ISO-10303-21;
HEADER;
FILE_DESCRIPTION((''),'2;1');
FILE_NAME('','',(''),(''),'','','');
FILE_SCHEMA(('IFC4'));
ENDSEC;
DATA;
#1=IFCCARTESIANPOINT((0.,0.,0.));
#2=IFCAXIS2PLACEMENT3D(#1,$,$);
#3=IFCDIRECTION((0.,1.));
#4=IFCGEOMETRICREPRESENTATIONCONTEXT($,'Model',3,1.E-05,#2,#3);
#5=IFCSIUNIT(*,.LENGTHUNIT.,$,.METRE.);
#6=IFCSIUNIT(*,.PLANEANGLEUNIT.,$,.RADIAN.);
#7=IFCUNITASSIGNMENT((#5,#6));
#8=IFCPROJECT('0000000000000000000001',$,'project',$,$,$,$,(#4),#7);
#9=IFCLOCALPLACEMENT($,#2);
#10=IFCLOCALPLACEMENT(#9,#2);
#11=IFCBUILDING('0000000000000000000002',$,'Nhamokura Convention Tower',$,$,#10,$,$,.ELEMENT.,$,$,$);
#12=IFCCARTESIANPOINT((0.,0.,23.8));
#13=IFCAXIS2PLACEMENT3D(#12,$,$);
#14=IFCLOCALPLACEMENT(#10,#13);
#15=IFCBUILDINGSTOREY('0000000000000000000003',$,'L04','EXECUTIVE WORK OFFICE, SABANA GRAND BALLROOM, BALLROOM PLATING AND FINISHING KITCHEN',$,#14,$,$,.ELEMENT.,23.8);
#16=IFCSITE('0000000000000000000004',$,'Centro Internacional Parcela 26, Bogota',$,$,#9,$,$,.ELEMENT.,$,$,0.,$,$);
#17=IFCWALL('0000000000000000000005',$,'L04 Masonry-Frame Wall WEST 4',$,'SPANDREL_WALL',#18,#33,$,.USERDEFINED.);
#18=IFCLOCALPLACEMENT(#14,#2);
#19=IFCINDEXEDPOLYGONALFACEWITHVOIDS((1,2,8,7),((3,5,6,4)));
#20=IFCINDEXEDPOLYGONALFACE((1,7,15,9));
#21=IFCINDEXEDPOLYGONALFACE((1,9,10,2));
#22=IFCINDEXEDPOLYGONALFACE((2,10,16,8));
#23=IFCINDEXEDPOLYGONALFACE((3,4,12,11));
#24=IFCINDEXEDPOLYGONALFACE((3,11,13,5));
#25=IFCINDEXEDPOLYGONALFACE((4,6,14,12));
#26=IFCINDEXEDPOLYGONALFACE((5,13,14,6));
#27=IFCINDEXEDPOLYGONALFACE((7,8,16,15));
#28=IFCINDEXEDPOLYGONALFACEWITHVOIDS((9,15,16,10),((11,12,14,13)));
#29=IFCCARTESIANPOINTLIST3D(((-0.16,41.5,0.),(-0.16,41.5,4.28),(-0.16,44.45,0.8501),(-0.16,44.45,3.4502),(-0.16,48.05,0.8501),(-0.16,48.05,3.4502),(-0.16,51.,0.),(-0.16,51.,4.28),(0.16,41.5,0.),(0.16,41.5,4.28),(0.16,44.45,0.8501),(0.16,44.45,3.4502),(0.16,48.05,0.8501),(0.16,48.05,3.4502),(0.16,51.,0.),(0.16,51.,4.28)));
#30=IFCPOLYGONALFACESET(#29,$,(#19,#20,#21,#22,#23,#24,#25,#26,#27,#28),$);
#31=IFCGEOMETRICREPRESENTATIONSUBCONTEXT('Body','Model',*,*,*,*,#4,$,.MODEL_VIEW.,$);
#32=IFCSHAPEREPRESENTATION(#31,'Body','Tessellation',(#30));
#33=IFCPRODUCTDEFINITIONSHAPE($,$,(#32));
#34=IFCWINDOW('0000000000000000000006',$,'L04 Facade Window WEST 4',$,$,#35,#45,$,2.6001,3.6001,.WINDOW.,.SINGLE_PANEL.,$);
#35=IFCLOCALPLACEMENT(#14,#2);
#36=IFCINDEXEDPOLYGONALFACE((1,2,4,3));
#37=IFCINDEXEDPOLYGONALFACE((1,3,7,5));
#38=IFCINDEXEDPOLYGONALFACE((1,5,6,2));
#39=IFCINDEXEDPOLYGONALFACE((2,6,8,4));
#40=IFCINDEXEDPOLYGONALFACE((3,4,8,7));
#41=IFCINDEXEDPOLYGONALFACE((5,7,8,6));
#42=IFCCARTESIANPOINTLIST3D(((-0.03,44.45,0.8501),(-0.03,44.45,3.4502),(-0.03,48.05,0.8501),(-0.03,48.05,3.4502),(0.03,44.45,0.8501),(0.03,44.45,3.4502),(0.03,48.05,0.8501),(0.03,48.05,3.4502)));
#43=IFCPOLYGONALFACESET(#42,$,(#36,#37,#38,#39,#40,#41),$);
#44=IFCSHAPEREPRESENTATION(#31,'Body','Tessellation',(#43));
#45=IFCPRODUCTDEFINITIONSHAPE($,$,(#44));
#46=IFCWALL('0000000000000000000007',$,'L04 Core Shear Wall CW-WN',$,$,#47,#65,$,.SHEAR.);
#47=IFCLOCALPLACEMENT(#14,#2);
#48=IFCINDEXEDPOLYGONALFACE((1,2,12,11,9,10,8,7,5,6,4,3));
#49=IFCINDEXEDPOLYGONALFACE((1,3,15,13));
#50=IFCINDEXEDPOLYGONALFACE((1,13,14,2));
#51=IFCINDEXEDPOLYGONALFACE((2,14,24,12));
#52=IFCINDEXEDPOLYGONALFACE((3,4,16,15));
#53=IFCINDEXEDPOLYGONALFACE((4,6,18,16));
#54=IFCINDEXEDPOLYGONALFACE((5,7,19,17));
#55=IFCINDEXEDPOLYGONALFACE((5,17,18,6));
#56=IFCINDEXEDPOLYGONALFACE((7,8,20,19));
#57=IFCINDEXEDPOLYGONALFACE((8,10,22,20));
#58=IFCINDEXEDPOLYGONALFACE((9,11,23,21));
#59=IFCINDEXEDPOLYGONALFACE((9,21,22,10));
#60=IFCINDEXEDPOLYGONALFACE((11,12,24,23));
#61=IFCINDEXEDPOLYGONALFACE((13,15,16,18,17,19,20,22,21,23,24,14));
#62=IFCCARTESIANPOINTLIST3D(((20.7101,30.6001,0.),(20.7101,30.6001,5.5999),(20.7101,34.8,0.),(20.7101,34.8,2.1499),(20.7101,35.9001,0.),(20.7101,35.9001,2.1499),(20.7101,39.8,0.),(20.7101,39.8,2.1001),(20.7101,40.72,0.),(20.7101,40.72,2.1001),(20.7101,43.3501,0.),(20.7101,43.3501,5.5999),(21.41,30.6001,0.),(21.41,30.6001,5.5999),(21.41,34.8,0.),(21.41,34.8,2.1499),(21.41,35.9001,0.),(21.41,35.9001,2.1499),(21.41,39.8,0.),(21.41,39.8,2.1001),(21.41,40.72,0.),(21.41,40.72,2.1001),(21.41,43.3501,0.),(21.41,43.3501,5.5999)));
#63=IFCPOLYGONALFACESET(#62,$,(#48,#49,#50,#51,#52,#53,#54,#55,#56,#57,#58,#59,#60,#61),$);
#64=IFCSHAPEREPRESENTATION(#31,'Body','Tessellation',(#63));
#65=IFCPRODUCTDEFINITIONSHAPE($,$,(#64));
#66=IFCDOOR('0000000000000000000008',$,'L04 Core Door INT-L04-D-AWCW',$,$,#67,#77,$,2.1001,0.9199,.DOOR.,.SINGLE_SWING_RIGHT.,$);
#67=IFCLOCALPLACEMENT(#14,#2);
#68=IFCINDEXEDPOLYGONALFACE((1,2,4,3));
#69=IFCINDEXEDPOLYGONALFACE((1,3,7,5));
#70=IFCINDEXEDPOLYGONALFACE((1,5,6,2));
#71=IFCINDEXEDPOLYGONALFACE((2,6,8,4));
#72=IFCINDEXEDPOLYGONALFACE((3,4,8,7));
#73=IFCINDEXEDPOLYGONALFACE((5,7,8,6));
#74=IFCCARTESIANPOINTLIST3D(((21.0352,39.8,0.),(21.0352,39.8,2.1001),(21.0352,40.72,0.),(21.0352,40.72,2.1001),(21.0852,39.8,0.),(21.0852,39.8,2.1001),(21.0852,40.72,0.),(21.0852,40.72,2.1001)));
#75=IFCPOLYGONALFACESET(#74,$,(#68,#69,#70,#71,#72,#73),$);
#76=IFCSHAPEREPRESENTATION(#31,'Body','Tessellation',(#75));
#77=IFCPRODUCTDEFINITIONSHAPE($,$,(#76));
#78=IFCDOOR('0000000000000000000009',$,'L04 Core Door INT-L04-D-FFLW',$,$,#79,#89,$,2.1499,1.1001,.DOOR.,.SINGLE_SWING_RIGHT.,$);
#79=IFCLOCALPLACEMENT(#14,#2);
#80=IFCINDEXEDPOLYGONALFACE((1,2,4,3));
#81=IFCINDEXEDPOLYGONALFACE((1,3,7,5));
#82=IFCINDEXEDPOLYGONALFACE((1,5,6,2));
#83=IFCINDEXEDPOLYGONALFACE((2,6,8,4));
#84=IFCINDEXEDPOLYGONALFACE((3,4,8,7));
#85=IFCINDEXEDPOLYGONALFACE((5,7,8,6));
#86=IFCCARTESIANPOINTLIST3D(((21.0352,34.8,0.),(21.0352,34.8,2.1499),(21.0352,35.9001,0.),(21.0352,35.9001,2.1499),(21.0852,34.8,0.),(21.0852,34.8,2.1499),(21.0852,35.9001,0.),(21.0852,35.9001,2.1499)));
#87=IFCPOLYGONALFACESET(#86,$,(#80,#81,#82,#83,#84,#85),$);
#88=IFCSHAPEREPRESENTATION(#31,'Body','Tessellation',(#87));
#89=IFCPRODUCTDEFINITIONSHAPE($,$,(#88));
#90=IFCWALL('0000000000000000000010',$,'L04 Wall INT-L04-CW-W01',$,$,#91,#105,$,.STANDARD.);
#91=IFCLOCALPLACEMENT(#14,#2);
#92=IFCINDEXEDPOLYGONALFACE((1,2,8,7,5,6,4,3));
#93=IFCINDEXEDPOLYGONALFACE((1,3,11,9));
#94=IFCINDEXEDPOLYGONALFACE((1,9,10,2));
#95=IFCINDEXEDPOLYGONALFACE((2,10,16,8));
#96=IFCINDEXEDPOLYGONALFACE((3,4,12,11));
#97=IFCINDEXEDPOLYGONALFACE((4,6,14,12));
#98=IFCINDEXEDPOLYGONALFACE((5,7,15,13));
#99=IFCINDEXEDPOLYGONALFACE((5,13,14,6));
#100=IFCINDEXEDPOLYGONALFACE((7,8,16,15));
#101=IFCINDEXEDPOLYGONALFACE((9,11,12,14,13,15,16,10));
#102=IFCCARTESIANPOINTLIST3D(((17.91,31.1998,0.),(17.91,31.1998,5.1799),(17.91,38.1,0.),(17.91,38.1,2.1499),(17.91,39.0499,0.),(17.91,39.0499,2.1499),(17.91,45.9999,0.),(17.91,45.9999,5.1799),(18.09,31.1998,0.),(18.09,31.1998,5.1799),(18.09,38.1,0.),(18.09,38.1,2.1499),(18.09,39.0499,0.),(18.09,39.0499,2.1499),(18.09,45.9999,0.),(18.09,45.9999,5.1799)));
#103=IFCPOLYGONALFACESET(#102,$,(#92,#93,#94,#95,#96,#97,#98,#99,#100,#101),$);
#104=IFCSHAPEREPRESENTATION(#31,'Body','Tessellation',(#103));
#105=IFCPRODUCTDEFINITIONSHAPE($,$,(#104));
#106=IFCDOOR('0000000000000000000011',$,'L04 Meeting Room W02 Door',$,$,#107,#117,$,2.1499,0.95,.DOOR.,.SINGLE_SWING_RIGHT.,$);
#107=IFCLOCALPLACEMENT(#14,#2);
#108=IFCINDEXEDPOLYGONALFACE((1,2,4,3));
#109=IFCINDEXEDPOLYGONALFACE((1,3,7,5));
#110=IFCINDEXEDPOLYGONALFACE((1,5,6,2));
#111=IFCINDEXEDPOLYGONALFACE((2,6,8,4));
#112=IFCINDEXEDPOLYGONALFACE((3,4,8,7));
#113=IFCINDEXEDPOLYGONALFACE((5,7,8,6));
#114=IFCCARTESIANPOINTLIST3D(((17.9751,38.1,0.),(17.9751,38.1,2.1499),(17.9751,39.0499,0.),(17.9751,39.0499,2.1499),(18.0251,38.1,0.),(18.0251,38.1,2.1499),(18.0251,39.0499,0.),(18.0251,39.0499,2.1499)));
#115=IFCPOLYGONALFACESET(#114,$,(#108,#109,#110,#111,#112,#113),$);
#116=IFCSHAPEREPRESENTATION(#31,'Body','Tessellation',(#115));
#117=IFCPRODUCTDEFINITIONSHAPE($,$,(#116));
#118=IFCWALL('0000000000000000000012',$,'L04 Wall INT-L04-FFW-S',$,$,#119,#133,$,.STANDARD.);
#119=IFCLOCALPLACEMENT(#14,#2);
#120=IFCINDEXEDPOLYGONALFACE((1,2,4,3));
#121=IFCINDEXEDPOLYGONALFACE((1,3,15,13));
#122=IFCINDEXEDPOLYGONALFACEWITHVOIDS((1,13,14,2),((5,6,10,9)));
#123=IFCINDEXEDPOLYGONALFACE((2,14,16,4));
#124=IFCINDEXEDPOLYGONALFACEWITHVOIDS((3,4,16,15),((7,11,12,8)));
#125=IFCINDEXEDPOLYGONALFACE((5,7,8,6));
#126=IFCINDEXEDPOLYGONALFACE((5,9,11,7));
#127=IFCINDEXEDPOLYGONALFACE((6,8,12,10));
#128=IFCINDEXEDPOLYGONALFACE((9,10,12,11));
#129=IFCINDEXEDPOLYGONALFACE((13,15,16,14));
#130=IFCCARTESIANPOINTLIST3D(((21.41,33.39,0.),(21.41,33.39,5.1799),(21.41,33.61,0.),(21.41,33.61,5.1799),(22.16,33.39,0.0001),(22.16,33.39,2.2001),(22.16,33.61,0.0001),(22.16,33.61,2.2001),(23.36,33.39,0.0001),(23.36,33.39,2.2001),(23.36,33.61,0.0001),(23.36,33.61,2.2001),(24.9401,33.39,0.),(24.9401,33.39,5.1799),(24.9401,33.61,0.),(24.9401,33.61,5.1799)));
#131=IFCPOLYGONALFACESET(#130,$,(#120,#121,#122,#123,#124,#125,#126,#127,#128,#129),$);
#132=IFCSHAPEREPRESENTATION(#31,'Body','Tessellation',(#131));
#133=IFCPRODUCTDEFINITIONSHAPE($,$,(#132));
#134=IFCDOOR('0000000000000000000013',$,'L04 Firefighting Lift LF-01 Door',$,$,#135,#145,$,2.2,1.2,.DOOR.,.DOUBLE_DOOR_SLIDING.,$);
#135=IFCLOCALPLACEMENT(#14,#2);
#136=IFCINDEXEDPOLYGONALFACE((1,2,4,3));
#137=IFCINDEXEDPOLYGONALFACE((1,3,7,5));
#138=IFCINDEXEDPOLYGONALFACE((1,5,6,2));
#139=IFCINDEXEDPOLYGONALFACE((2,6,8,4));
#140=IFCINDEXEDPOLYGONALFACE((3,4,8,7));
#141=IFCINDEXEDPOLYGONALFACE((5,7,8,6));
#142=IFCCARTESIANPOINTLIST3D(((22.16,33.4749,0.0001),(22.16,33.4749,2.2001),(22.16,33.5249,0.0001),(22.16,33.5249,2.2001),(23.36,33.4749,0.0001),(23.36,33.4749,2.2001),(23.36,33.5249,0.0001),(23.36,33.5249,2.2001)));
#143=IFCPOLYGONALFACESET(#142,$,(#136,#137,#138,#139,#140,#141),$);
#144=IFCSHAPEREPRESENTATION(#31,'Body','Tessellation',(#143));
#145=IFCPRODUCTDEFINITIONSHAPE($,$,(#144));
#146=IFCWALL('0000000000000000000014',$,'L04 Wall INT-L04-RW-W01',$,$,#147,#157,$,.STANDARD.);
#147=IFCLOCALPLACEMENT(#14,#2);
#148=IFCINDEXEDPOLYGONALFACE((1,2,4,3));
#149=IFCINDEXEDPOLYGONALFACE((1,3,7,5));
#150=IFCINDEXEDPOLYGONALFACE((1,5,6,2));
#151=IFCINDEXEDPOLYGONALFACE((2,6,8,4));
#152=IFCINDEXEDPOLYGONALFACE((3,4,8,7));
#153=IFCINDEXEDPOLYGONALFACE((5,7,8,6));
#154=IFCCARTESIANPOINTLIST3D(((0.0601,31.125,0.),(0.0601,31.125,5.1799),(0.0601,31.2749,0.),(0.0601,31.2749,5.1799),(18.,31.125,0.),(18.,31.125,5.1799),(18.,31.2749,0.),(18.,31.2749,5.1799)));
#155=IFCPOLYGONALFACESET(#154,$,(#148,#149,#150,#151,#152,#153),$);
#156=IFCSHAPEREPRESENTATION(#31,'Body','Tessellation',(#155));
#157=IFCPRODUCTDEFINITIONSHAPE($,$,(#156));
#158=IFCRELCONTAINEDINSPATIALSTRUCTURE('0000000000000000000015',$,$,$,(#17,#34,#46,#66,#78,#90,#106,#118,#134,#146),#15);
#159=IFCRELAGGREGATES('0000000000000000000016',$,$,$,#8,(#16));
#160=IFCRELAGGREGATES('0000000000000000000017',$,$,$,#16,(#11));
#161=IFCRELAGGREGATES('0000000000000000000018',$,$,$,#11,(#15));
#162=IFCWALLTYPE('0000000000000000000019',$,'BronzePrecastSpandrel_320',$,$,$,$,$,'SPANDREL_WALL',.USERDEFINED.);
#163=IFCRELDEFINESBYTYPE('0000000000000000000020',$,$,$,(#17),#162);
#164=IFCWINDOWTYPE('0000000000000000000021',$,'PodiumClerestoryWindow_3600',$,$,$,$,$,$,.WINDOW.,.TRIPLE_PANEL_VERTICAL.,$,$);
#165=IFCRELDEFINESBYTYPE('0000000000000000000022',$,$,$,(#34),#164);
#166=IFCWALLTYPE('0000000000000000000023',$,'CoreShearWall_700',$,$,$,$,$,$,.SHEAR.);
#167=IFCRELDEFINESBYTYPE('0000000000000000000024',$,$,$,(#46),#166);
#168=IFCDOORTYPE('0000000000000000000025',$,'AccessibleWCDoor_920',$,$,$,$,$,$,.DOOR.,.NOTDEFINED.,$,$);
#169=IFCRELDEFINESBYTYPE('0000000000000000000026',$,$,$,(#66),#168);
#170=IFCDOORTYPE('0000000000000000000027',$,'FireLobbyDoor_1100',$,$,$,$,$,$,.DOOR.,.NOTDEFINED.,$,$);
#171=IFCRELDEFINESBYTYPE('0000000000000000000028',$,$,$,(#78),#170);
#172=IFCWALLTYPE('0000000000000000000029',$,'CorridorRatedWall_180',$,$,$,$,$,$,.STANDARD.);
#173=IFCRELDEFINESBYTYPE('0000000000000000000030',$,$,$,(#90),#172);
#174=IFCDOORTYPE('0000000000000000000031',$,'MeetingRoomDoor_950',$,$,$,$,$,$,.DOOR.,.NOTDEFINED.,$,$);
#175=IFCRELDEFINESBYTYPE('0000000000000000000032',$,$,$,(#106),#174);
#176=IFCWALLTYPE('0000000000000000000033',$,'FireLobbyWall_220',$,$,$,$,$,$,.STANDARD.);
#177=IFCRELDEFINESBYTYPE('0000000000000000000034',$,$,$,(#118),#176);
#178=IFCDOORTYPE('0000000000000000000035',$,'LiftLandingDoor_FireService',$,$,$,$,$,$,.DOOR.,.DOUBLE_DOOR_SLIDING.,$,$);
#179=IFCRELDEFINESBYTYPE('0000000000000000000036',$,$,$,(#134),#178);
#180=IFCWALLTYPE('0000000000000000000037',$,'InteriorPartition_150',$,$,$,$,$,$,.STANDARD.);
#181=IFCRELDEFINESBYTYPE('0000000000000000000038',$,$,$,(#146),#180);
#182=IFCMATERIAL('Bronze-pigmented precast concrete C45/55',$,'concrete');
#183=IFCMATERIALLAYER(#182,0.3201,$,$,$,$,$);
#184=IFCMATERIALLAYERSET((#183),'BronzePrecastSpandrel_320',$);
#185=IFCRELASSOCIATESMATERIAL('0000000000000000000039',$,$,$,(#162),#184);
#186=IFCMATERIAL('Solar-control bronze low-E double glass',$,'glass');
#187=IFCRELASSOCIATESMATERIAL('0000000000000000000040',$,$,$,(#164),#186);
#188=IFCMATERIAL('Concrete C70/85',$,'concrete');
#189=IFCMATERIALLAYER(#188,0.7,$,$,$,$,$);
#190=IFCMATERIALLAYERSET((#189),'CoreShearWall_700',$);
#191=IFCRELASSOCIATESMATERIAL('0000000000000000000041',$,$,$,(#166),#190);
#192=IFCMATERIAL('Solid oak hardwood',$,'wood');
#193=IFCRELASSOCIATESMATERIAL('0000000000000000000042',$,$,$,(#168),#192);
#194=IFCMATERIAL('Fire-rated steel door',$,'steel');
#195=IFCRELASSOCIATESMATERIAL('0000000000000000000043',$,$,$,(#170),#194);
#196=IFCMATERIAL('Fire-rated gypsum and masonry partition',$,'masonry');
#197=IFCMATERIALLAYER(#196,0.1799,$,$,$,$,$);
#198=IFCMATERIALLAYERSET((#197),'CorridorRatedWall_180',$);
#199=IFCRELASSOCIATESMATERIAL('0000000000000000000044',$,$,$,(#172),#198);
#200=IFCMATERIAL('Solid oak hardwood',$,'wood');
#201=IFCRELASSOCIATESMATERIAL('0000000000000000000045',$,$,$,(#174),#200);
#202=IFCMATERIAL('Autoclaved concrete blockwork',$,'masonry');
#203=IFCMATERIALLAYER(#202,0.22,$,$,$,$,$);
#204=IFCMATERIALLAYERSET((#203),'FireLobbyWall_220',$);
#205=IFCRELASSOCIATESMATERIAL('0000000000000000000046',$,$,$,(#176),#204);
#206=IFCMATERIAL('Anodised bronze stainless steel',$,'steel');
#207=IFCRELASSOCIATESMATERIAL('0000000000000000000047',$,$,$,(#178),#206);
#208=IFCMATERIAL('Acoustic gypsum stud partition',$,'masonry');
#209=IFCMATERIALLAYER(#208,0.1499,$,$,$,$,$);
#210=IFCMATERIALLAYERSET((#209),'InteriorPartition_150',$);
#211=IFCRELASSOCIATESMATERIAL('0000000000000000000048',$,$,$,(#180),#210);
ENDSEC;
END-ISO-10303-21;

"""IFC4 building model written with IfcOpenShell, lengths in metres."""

from ifc_helpers import new_model, si_unit, direction, frame, frame_2d, origin, place, context, subcontext, project, spatial, rectangle, extrude, material, layer, layer_set, type_object, element, fill, save


model = new_model("IFC4")

# Units and contexts
model_context = context("Model", 3, precision=1e-05, world=origin(), true_north=direction((0.0, 1.0)))
body_context = subcontext(model_context, "Body", "Model", "MODEL_VIEW")
ifc_project = project(units=[si_unit("LENGTHUNIT", "METRE"), si_unit("PLANEANGLEUNIT", "RADIAN")], contexts=[model_context])

# Site, building, storey
site_placement = place(None, origin())
site = spatial("IfcSite", under=ifc_project, at=site_placement, Name="Centro Internacional Parcela 26, Bogota", CompositionType="ELEMENT", RefElevation=0.0)
building_placement = place(site_placement, origin())
building = spatial("IfcBuilding", under=site, at=building_placement, Name="Nhamokura Convention Tower", CompositionType="ELEMENT")
storey_placement = place(building_placement, frame((0.0, 0.0, 23.8)))
storey = spatial("IfcBuildingStorey", under=building, at=storey_placement, Name="L04", Description="EXECUTIVE WORK OFFICE, SABANA GRAND BALLROOM, BALLROOM PLATING AND FINISHING KITCHEN", CompositionType="ELEMENT", Elevation=23.8)

# Wall, opening, window
ifc_material_1 = material(Name="Bronze-pigmented precast concrete C45/55", Category="concrete")
ifc_layer_1 = layer(ifc_material_1, 0.3201)
ifc_layer_set_1 = layer_set([ifc_layer_1], Name="BronzePrecastSpandrel_320")
wall_type_1 = type_object("IfcWallType", Name="BronzePrecastSpandrel_320", ElementType="SPANDREL_WALL", PredefinedType="USERDEFINED", material=ifc_layer_set_1)
wall_1_placement = place(storey_placement, frame((0.0, 41.5, 0.0), z_axis=(0.0, 0.0, 1.0), x_axis=(0.0, 1.0, 0.0)))
wall_1 = element("IfcWall", 1, at=wall_1_placement, inside=storey, type_object=wall_type_1, Name="L04 Masonry-Frame Wall WEST 4", ObjectType="SPANDREL_WALL", PredefinedType="USERDEFINED", context=body_context, shape_type="SweptSolid", body=[
    extrude(rectangle(XDim=9.5, YDim=0.3201, at=frame_2d((4.75, 0.0))), origin(), (0.0, 0.0, 1.0), 4.28),
])
opening_1_placement = place(wall_1_placement, frame((2.95, 0.0, 0.8501)))
opening_1 = element("IfcOpeningElement", 2, at=opening_1_placement, cuts=wall_1, PredefinedType="OPENING", context=body_context, shape_type="SweptSolid", body=[
    extrude(rectangle(XDim=3.6001, YDim=2.6001, at=frame_2d((1.8, 1.3))), frame((0.0, 0.1699, 0.0), z_axis=(0.0, -1.0, 0.0), x_axis=(1.0, 0.0, 0.0)), (0.0, 0.0, 1.0), 0.3401),
])
ifc_material_2 = material(Name="Solar-control bronze low-E double glass", Category="glass")
window_type_1 = type_object("IfcWindowType", Name="PodiumClerestoryWindow_3600", PartitioningType="TRIPLE_PANEL_VERTICAL", PredefinedType="WINDOW", material=ifc_material_2)
window_1_placement = place(opening_1_placement, origin())
window_1 = element("IfcWindow", 3, at=window_1_placement, inside=storey, type_object=window_type_1, Name="L04 Facade Window WEST 4", OverallHeight=2.6001, OverallWidth=3.6001, PartitioningType="SINGLE_PANEL", PredefinedType="WINDOW", context=body_context, shape_type="SweptSolid", body=[
    extrude(rectangle(XDim=3.6001, YDim=2.6001, at=frame_2d((1.8, 1.3))), frame((0.0, 0.03, 0.0), z_axis=(0.0, -1.0, 0.0), x_axis=(1.0, 0.0, 0.0)), (0.0, 0.0, 1.0), 0.0601),
])
fill(opening_1, window_1)

# Wall, openings, doors
ifc_material_3 = material(Name="Concrete C70/85", Category="concrete")
ifc_layer_2 = layer(ifc_material_3, 0.7)
ifc_layer_set_2 = layer_set([ifc_layer_2], Name="CoreShearWall_700")
wall_type_2 = type_object("IfcWallType", Name="CoreShearWall_700", PredefinedType="SHEAR", material=ifc_layer_set_2)
wall_2_placement = place(storey_placement, frame((21.0601, 30.6001, 0.0), z_axis=(0.0, 0.0, 1.0), x_axis=(0.0, 1.0, 0.0)))
wall_2 = element("IfcWall", 4, at=wall_2_placement, inside=storey, type_object=wall_type_2, Name="L04 Core Shear Wall CW-WN", PredefinedType="SHEAR", context=body_context, shape_type="SweptSolid", body=[
    extrude(rectangle(XDim=12.75, YDim=0.7, at=frame_2d((6.375, 0.0))), origin(), (0.0, 0.0, 1.0), 5.5999),
])
opening_2_placement = place(wall_2_placement, frame((4.2, 0.0, 0.0)))
opening_2 = element("IfcOpeningElement", 5, at=opening_2_placement, cuts=wall_2, PredefinedType="OPENING", context=body_context, shape_type="SweptSolid", body=[
    extrude(rectangle(XDim=1.1001, YDim=2.1499, at=frame_2d((0.55, 1.075))), frame((0.0, 0.3599, 0.0), z_axis=(0.0, -1.0, 0.0), x_axis=(1.0, 0.0, 0.0)), (0.0, 0.0, 1.0), 0.72),
])
opening_3_placement = place(wall_2_placement, frame((9.2, 0.0, 0.0)))
opening_3 = element("IfcOpeningElement", 6, at=opening_3_placement, cuts=wall_2, PredefinedType="OPENING", context=body_context, shape_type="SweptSolid", body=[
    extrude(rectangle(XDim=0.9199, YDim=2.1001, at=frame_2d((0.46, 1.05))), frame((0.0, 0.3599, 0.0), z_axis=(0.0, -1.0, 0.0), x_axis=(1.0, 0.0, 0.0)), (0.0, 0.0, 1.0), 0.72),
])
ifc_material_4 = material(Name="Solid oak hardwood", Category="wood")
door_type_1 = type_object("IfcDoorType", Name="AccessibleWCDoor_920", OperationType="NOTDEFINED", PredefinedType="DOOR", material=ifc_material_4)
door_1_placement = place(opening_3_placement, origin())
door_1 = element("IfcDoor", 7, at=door_1_placement, inside=storey, type_object=door_type_1, Name="L04 Core Door INT-L04-D-AWCW", OperationType="SINGLE_SWING_RIGHT", OverallHeight=2.1001, OverallWidth=0.9199, PredefinedType="DOOR", context=body_context, shape_type="SweptSolid", body=[
    extrude(rectangle(XDim=0.9199, YDim=2.1001, at=frame_2d((0.46, 1.05))), frame((0.0, 0.0249, 0.0), z_axis=(0.0, -1.0, 0.0), x_axis=(1.0, 0.0, 0.0)), (0.0, 0.0, 1.0), 0.05),
])
fill(opening_3, door_1)
ifc_material_5 = material(Name="Fire-rated steel door", Category="steel")
door_type_2 = type_object("IfcDoorType", Name="FireLobbyDoor_1100", OperationType="NOTDEFINED", PredefinedType="DOOR", material=ifc_material_5)
door_2_placement = place(opening_2_placement, origin())
door_2 = element("IfcDoor", 8, at=door_2_placement, inside=storey, type_object=door_type_2, Name="L04 Core Door INT-L04-D-FFLW", OperationType="SINGLE_SWING_RIGHT", OverallHeight=2.1499, OverallWidth=1.1001, PredefinedType="DOOR", context=body_context, shape_type="SweptSolid", body=[
    extrude(rectangle(XDim=1.1001, YDim=2.1499, at=frame_2d((0.55, 1.075))), frame((0.0, 0.0249, 0.0), z_axis=(0.0, -1.0, 0.0), x_axis=(1.0, 0.0, 0.0)), (0.0, 0.0, 1.0), 0.05),
])
fill(opening_2, door_2)

# Walls, openings, doors
ifc_material_6 = material(Name="Fire-rated gypsum and masonry partition", Category="masonry")
ifc_layer_3 = layer(ifc_material_6, 0.1799)
ifc_layer_set_3 = layer_set([ifc_layer_3], Name="CorridorRatedWall_180")
wall_type_3 = type_object("IfcWallType", Name="CorridorRatedWall_180", PredefinedType="STANDARD", material=ifc_layer_set_3)
wall_3_placement = place(storey_placement, frame((18.0, 31.2, 0.0), z_axis=(0.0, 0.0, 1.0), x_axis=(0.0, 1.0, 0.0)))
wall_3 = element("IfcWall", 9, at=wall_3_placement, inside=storey, type_object=wall_type_3, Name="L04 Wall INT-L04-CW-W01", PredefinedType="STANDARD", context=body_context, shape_type="SweptSolid", body=[
    extrude(rectangle(XDim=14.8, YDim=0.1799, at=frame_2d((7.3999, 0.0))), origin(), (0.0, 0.0, 1.0), 5.1799),
])
opening_4_placement = place(wall_3_placement, frame((6.8999, 0.0, 0.0)))
opening_4 = element("IfcOpeningElement", 10, at=opening_4_placement, cuts=wall_3, PredefinedType="OPENING", context=body_context, shape_type="SweptSolid", body=[
    extrude(rectangle(XDim=0.95, YDim=2.1499, at=frame_2d((0.4751, 1.075))), frame((0.0, 0.0999, 0.0), z_axis=(0.0, -1.0, 0.0), x_axis=(1.0, 0.0, 0.0)), (0.0, 0.0, 1.0), 0.2),
])
ifc_material_7 = material(Name="Solid oak hardwood", Category="wood")
door_type_3 = type_object("IfcDoorType", Name="MeetingRoomDoor_950", OperationType="NOTDEFINED", PredefinedType="DOOR", material=ifc_material_7)
door_3_placement = place(opening_4_placement, origin())
door_3 = element("IfcDoor", 11, at=door_3_placement, inside=storey, type_object=door_type_3, Name="L04 Meeting Room W02 Door", OperationType="SINGLE_SWING_RIGHT", OverallHeight=2.1499, OverallWidth=0.95, PredefinedType="DOOR", context=body_context, shape_type="SweptSolid", body=[
    extrude(rectangle(XDim=0.95, YDim=2.1499, at=frame_2d((0.4751, 1.075))), frame((0.0, 0.0249, 0.0), z_axis=(0.0, -1.0, 0.0), x_axis=(1.0, 0.0, 0.0)), (0.0, 0.0, 1.0), 0.05),
])
fill(opening_4, door_3)
ifc_material_8 = material(Name="Autoclaved concrete blockwork", Category="masonry")
ifc_layer_4 = layer(ifc_material_8, 0.22)
ifc_layer_set_4 = layer_set([ifc_layer_4], Name="FireLobbyWall_220")
wall_type_4 = type_object("IfcWallType", Name="FireLobbyWall_220", PredefinedType="STANDARD", material=ifc_layer_set_4)
wall_4_placement = place(storey_placement, frame((21.4099, 33.5, 0.0), z_axis=(0.0, 0.0, 1.0), x_axis=(1.0, 0.0, 0.0)))
wall_4 = element("IfcWall", 12, at=wall_4_placement, inside=storey, type_object=wall_type_4, Name="L04 Wall INT-L04-FFW-S", PredefinedType="STANDARD", context=body_context, shape_type="SweptSolid", body=[
    extrude(rectangle(XDim=3.53, YDim=0.22, at=frame_2d((1.7651, 0.0))), origin(), (0.0, 0.0, 1.0), 5.1799),
])
opening_5_placement = place(wall_4_placement, frame((0.75, 0.0, 0.0)))
opening_5 = element("IfcOpeningElement", 13, at=opening_5_placement, cuts=wall_4, PredefinedType="OPENING", context=body_context, shape_type="SweptSolid", body=[
    extrude(rectangle(XDim=1.2, YDim=2.2, at=frame_2d((0.6001, 1.1001))), frame((0.0, 0.1199, 0.0), z_axis=(0.0, -1.0, 0.0), x_axis=(1.0, 0.0, 0.0)), (0.0, 0.0, 1.0), 0.24),
])
ifc_material_9 = material(Name="Anodised bronze stainless steel", Category="steel")
door_type_4 = type_object("IfcDoorType", Name="LiftLandingDoor_FireService", OperationType="DOUBLE_DOOR_SLIDING", PredefinedType="DOOR", material=ifc_material_9)
door_4_placement = place(opening_5_placement, origin())
door_4 = element("IfcDoor", 14, at=door_4_placement, inside=storey, type_object=door_type_4, Name="L04 Firefighting Lift LF-01 Door", OperationType="DOUBLE_DOOR_SLIDING", OverallHeight=2.2, OverallWidth=1.2, PredefinedType="DOOR", context=body_context, shape_type="SweptSolid", body=[
    extrude(rectangle(XDim=1.2, YDim=2.2, at=frame_2d((0.6001, 1.1001))), frame((0.0, 0.0249, 0.0), z_axis=(0.0, -1.0, 0.0), x_axis=(1.0, 0.0, 0.0)), (0.0, 0.0, 1.0), 0.05),
])
fill(opening_5, door_4)

# Wall
ifc_material_10 = material(Name="Acoustic gypsum stud partition", Category="masonry")
ifc_layer_5 = layer(ifc_material_10, 0.1499)
ifc_layer_set_5 = layer_set([ifc_layer_5], Name="InteriorPartition_150")
wall_type_5 = type_object("IfcWallType", Name="InteriorPartition_150", PredefinedType="STANDARD", material=ifc_layer_set_5)
wall_5_placement = place(storey_placement, frame((0.0601, 31.2, 0.0), z_axis=(0.0, 0.0, 1.0), x_axis=(1.0, 0.0, 0.0)))
element("IfcWall", 15, at=wall_5_placement, inside=storey, type_object=wall_type_5, Name="L04 Wall INT-L04-RW-W01", PredefinedType="STANDARD", context=body_context, shape_type="SweptSolid", body=[
    extrude(rectangle(XDim=17.9399, YDim=0.1499, at=frame_2d((8.97, 0.0))), origin(), (0.0, 0.0, 1.0), 5.1799),
])

save(model, "model.ifc")
